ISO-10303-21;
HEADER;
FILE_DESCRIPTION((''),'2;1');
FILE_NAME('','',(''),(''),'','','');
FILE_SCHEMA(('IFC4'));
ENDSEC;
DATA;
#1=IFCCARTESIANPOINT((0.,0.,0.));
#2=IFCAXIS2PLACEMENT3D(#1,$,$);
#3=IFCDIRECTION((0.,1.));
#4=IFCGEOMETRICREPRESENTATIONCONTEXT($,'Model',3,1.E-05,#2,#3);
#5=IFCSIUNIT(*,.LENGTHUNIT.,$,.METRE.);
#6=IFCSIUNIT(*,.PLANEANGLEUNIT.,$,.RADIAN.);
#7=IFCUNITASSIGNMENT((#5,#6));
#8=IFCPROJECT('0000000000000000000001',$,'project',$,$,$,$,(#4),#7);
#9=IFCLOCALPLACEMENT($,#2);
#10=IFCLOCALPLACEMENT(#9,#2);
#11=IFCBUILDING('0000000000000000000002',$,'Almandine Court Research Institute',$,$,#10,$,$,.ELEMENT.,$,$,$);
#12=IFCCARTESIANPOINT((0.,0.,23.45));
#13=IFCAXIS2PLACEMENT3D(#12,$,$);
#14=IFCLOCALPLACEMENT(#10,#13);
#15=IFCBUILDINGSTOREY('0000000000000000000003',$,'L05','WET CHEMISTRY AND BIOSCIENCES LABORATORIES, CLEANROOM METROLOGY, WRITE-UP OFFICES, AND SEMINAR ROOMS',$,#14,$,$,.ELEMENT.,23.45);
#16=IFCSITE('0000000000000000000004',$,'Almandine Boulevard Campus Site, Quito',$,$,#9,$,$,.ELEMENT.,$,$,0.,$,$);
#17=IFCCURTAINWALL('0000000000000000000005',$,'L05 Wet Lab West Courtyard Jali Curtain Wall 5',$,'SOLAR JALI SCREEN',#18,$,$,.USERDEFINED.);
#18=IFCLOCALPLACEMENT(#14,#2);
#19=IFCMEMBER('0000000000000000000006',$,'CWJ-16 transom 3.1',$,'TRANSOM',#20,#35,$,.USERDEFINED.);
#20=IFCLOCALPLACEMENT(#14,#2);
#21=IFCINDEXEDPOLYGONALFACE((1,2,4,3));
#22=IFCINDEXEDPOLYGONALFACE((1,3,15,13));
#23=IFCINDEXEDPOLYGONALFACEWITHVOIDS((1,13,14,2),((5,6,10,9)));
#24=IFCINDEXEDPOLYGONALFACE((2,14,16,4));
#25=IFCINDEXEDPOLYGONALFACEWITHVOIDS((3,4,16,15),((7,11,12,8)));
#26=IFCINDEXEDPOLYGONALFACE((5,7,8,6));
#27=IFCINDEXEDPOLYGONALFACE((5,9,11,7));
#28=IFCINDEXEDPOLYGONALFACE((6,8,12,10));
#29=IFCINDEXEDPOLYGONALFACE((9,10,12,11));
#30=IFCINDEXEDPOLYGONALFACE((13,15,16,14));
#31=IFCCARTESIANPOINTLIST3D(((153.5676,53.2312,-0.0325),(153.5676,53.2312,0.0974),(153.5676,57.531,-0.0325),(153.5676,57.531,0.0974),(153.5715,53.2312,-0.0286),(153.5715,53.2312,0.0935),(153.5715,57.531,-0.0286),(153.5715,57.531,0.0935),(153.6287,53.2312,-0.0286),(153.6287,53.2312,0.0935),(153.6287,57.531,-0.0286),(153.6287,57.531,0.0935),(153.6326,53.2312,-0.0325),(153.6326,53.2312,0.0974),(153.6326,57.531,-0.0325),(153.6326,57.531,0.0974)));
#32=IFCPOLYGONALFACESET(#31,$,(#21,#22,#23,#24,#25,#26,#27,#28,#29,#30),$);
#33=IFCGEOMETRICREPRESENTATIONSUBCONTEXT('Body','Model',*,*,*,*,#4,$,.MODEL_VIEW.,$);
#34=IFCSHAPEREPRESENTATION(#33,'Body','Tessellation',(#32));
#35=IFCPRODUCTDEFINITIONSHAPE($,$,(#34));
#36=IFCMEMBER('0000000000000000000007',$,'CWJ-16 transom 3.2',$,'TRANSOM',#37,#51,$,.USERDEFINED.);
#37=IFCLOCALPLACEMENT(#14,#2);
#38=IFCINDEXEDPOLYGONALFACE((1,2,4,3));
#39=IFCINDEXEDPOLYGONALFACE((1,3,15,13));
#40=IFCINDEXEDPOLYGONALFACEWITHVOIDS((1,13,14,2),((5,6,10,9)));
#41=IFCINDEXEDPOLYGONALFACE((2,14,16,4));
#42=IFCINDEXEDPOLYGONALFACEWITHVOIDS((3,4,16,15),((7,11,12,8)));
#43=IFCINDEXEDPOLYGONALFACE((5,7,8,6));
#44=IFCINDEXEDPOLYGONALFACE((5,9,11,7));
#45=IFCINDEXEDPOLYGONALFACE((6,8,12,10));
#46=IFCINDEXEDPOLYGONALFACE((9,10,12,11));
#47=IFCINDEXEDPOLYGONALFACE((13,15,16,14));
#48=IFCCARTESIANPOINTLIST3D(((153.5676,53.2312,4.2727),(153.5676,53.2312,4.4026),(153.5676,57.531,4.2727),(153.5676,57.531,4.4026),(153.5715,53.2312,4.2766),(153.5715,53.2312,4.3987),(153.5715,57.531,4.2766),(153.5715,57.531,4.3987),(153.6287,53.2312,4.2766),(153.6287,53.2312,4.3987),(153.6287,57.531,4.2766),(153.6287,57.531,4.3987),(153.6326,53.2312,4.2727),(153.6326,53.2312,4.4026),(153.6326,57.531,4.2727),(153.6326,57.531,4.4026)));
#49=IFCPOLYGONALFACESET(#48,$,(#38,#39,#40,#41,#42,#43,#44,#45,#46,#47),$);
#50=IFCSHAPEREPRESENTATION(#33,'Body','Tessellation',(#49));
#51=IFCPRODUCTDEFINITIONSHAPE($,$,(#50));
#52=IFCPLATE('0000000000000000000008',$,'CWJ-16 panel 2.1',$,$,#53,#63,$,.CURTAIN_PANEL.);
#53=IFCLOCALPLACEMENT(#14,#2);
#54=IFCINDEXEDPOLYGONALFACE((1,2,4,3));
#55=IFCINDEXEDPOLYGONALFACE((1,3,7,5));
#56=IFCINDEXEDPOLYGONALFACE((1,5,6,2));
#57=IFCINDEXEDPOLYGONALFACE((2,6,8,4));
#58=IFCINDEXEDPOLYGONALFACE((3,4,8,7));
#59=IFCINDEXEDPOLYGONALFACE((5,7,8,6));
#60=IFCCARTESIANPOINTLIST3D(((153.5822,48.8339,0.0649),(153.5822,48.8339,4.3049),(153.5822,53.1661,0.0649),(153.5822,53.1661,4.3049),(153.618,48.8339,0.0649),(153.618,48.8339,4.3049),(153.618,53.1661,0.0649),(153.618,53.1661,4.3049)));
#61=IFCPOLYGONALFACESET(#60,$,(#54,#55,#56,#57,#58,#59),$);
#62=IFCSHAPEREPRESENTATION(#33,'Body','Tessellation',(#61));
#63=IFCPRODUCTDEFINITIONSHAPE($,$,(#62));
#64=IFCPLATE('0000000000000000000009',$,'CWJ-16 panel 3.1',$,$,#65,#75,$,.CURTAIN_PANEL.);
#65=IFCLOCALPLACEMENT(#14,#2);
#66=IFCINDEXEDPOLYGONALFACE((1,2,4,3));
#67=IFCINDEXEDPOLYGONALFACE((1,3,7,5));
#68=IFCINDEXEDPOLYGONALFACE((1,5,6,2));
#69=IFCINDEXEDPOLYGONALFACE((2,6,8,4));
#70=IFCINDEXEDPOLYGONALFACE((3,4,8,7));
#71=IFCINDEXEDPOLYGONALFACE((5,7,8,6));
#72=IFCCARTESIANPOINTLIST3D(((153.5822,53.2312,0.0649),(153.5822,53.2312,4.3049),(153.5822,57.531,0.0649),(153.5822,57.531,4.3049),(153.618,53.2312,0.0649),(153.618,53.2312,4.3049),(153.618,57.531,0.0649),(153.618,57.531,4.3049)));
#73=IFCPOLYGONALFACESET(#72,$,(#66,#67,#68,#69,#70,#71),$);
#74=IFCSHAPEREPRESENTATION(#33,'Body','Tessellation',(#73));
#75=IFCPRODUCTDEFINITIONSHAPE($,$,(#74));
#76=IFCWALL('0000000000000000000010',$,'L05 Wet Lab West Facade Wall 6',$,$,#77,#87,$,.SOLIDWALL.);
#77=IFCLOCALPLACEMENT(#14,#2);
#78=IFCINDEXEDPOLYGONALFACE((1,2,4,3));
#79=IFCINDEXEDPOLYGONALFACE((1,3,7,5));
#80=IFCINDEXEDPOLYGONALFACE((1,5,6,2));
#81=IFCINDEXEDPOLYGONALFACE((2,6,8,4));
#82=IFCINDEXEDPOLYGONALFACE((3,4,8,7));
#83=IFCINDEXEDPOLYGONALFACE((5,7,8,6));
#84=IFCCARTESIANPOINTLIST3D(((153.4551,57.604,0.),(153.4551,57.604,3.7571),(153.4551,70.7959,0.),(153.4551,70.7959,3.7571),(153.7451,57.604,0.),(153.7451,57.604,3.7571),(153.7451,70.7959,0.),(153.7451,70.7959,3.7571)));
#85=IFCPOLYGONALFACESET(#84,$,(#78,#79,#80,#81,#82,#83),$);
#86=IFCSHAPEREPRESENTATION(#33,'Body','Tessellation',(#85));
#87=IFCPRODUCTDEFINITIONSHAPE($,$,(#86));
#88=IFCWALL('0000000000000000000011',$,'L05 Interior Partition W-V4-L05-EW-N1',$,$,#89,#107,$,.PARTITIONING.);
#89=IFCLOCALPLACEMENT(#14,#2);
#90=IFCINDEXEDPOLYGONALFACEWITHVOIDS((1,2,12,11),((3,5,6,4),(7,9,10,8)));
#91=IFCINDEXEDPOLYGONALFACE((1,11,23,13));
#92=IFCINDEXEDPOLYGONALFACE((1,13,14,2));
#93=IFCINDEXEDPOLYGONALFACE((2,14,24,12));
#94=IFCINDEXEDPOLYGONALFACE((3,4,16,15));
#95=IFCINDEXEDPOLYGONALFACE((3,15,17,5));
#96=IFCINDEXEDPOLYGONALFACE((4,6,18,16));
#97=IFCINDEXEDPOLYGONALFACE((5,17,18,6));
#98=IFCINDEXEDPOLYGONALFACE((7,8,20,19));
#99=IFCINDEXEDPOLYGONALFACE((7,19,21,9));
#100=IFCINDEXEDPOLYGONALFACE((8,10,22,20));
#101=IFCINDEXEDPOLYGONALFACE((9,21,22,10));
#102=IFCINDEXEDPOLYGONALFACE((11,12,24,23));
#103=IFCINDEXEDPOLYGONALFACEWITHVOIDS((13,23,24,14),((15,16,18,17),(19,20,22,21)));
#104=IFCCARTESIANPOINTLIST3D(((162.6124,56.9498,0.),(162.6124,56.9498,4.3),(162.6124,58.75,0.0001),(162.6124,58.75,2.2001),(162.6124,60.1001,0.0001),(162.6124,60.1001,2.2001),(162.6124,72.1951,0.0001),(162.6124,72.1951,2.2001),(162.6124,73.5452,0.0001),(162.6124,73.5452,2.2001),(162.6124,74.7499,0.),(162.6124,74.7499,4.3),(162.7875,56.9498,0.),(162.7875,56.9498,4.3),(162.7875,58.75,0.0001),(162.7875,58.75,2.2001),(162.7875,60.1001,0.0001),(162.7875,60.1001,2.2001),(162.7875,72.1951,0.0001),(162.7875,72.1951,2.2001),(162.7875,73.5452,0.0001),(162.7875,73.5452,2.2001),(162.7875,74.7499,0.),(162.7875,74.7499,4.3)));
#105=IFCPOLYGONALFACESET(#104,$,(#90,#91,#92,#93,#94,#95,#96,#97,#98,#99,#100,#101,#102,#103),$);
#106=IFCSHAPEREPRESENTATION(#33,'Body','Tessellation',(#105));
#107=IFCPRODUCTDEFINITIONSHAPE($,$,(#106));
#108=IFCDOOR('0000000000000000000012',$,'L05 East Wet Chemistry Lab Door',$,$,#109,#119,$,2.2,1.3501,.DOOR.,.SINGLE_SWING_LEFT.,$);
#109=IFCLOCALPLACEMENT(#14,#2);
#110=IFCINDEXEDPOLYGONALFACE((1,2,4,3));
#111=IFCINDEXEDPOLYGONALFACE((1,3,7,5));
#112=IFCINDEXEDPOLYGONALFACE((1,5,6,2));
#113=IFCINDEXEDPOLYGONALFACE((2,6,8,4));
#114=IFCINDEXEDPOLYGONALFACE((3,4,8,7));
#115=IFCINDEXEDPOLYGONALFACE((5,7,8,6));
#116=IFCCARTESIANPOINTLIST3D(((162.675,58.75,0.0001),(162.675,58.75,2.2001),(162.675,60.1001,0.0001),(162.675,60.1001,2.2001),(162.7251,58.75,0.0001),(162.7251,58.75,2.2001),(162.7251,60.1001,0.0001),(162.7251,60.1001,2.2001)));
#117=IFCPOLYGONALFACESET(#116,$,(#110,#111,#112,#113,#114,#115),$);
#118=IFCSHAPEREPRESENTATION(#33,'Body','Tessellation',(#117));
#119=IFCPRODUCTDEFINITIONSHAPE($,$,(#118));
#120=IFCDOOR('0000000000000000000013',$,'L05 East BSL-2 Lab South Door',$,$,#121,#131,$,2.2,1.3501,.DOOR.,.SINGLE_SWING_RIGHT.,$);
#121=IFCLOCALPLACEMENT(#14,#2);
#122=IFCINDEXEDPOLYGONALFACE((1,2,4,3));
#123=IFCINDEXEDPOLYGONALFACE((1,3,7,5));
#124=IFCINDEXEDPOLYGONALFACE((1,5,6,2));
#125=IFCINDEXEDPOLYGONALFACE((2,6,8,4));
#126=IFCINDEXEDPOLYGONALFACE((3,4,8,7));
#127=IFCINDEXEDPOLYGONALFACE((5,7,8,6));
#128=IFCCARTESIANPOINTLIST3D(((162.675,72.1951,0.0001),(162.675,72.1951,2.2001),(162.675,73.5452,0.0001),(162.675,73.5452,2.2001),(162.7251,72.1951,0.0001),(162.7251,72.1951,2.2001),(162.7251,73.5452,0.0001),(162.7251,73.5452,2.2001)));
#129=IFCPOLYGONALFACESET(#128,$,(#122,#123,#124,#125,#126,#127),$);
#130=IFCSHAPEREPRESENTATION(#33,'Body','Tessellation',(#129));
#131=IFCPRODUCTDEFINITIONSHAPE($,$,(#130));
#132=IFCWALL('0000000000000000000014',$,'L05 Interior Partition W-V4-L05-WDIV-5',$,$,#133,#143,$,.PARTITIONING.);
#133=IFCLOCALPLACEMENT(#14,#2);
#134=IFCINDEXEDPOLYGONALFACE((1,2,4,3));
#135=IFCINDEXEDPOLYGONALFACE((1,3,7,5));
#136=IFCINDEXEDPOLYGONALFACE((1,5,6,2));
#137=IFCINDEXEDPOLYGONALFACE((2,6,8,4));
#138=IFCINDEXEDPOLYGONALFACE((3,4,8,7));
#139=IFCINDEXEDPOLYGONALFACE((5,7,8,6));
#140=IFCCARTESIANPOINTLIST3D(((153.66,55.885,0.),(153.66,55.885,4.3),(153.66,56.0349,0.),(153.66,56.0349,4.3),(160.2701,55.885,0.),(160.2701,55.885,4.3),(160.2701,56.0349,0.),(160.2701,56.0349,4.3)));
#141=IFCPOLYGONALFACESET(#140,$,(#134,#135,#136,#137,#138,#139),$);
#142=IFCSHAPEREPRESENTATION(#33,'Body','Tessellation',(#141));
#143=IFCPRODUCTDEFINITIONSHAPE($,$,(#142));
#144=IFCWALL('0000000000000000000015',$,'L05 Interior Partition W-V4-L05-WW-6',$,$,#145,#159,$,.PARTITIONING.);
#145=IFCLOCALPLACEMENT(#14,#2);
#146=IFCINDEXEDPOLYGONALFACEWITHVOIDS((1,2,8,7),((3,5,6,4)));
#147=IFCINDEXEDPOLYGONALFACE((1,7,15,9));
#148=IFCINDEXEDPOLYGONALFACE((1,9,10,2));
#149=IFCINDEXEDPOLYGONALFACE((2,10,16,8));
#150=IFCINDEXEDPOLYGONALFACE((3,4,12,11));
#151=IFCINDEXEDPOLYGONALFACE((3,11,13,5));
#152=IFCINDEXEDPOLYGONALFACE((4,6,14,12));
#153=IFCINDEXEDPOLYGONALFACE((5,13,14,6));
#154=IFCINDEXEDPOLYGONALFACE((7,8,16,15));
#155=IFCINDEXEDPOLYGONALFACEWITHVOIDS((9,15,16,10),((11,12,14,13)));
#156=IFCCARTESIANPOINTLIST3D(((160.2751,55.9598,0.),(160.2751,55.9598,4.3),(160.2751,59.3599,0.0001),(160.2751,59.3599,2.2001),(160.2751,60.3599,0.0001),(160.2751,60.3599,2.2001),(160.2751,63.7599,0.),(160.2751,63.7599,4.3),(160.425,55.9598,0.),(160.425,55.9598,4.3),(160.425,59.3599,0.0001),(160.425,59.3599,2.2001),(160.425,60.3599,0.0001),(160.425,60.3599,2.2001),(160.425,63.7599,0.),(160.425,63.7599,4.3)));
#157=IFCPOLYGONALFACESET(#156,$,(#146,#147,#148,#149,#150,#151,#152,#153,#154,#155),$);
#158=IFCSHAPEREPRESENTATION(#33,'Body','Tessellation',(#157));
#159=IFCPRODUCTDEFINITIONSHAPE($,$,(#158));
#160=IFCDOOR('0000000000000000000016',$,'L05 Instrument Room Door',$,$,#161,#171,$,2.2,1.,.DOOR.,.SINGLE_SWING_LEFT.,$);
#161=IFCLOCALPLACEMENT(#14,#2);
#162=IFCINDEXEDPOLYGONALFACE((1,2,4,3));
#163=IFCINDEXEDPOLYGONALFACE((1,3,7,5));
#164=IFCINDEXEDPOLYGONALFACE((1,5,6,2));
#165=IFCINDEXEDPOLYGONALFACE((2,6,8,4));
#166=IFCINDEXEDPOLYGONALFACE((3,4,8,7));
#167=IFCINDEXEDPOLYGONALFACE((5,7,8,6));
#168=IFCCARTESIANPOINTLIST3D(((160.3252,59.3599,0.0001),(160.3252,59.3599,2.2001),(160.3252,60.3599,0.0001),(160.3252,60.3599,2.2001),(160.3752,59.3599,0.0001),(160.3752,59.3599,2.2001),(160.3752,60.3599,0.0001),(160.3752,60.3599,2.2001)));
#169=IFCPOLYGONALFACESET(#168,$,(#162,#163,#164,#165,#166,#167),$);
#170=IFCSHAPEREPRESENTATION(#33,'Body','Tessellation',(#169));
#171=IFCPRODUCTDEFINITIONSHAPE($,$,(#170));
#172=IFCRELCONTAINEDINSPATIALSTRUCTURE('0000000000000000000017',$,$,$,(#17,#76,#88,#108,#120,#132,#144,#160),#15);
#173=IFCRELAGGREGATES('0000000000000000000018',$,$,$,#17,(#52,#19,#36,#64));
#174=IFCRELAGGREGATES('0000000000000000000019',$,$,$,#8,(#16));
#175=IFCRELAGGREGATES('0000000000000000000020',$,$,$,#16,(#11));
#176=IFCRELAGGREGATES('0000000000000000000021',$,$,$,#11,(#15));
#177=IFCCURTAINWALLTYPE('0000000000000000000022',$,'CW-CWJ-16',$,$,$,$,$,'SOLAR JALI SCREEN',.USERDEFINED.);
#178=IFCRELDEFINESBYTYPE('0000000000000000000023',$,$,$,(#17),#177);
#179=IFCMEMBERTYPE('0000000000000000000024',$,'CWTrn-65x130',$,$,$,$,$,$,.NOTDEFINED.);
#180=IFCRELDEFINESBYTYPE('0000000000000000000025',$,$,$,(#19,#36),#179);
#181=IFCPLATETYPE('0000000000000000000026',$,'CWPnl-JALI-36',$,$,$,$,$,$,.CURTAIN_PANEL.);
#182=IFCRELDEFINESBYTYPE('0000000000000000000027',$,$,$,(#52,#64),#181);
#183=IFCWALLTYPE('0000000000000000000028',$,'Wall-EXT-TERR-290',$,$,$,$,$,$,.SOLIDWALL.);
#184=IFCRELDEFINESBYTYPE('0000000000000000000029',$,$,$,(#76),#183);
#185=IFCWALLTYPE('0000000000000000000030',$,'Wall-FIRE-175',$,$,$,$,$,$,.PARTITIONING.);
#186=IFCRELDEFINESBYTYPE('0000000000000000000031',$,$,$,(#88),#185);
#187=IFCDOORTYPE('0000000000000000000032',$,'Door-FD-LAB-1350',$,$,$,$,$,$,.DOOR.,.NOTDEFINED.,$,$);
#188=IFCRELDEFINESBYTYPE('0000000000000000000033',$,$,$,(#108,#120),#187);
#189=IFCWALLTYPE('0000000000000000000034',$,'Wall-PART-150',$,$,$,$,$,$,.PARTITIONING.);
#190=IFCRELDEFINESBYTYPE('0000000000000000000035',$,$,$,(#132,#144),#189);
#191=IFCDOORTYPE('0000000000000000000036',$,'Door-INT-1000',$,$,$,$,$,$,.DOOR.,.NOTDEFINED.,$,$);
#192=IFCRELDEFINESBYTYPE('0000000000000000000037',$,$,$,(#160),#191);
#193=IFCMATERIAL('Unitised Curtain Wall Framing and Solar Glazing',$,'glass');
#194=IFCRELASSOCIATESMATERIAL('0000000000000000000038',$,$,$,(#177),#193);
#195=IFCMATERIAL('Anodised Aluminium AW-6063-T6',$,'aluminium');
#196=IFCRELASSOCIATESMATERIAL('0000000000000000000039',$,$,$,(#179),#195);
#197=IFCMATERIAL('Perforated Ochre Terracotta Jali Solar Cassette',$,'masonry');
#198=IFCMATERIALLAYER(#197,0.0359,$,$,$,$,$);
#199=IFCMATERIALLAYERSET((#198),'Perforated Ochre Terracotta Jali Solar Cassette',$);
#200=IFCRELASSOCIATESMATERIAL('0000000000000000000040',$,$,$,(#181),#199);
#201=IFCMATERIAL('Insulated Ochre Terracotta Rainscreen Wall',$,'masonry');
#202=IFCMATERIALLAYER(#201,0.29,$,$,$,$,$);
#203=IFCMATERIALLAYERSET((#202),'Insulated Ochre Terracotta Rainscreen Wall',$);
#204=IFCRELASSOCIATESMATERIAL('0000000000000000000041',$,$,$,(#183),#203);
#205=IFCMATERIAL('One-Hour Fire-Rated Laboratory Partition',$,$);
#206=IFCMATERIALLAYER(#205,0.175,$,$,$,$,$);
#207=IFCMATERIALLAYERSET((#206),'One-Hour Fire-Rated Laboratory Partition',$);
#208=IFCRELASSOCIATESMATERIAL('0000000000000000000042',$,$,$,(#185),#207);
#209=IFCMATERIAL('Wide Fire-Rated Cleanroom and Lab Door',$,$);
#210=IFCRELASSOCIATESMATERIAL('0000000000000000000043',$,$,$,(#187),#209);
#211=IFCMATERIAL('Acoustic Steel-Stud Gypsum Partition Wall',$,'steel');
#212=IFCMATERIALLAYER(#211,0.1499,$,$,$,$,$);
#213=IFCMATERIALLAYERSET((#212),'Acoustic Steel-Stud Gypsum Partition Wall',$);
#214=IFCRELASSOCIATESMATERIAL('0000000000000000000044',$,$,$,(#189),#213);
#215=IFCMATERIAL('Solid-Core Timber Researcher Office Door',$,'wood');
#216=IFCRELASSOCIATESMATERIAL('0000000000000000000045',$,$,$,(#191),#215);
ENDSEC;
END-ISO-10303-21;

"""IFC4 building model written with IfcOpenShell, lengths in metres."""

from ifc_helpers import new_model, si_unit, direction, frame, frame_2d, origin, origin_2d, place, context, subcontext, project, spatial, rectangle, hollow_rectangle, extrude, material, layer, layer_set, material_profile, profile_set, type_object, element, fill, aggregate, save


model = new_model("IFC4")

# Units and contexts
model_context = context("Model", 3, precision=1e-05, world=origin(), true_north=direction((0.0, 1.0)))
body_context = subcontext(model_context, "Body", "Model", "MODEL_VIEW")
ifc_project = project(units=[si_unit("LENGTHUNIT", "METRE"), si_unit("PLANEANGLEUNIT", "RADIAN")], contexts=[model_context])

# Site, building, storey
site_placement = place(None, origin())
site = spatial("IfcSite", under=ifc_project, at=site_placement, Name="Almandine Boulevard Campus Site, Quito", CompositionType="ELEMENT", RefElevation=0.0)
building_placement = place(site_placement, origin())
building = spatial("IfcBuilding", under=site, at=building_placement, Name="Almandine Court Research Institute", CompositionType="ELEMENT")
storey_placement = place(building_placement, frame((0.0, 0.0, 23.45)))
storey = spatial("IfcBuildingStorey", under=building, at=storey_placement, Name="L05", Description="WET CHEMISTRY AND BIOSCIENCES LABORATORIES, CLEANROOM METROLOGY, WRITE-UP OFFICES, AND SEMINAR ROOMS", CompositionType="ELEMENT", Elevation=23.45)

# Curtain wall, members, plates
ifc_material_1 = material(Name="Unitised Curtain Wall Framing and Solar Glazing", Category="glass")
curtain_wall_type = type_object("IfcCurtainWallType", Name="CW-CWJ-16", ElementType="SOLAR JALI SCREEN", PredefinedType="USERDEFINED", material=ifc_material_1)
curtain_wall_placement = place(storey_placement, origin())
curtain_wall = element("IfcCurtainWall", 1, at=curtain_wall_placement, inside=storey, type_object=curtain_wall_type, Name="L05 Wet Lab West Courtyard Jali Curtain Wall 5", ObjectType="SOLAR JALI SCREEN", PredefinedType="USERDEFINED")
ifc_material_2 = material(Name="Anodised Aluminium AW-6063-T6", Category="aluminium")
ifc_material_profile_1 = material_profile(ifc_material_2, hollow_rectangle(XDim=0.0649, YDim=0.1299, WallThickness=0.0039, at=origin_2d()), Name="ALU RHS 65x130x4")
ifc_profile_set_1 = profile_set([ifc_material_profile_1], Name="Anodised Aluminium AW-6063-T6")
member_type_1 = type_object("IfcMemberType", Name="CWTrn-65x130", PredefinedType="NOTDEFINED", material=ifc_profile_set_1)
member_1_placement = place(storey_placement, frame((153.6001, 53.2312, 0.0325), z_axis=(0.0, 1.0, 0.0), x_axis=(-1.0, 0.0, 0.0)))
member_1 = element("IfcMember", 2, at=member_1_placement, type_object=member_type_1, Name="CWJ-16 transom 3.1", ObjectType="TRANSOM", PredefinedType="USERDEFINED", context=body_context, shape_type="SweptSolid", body=[
    extrude(hollow_rectangle(XDim=0.0649, YDim=0.1299, WallThickness=0.0039, at=origin_2d()), origin(), (0.0, 0.0, 1.0), 4.2998),
])
member_2_placement = place(storey_placement, frame((153.6001, 53.2312, 4.3376), z_axis=(0.0, 1.0, 0.0), x_axis=(-1.0, 0.0, 0.0)))
member_2 = element("IfcMember", 3, at=member_2_placement, type_object=member_type_1, Name="CWJ-16 transom 3.2", ObjectType="TRANSOM", PredefinedType="USERDEFINED", context=body_context, shape_type="SweptSolid", body=[
    extrude(hollow_rectangle(XDim=0.0649, YDim=0.1299, WallThickness=0.0039, at=origin_2d()), origin(), (0.0, 0.0, 1.0), 4.2998),
])
ifc_material_3 = material(Name="Perforated Ochre Terracotta Jali Solar Cassette", Category="masonry")
ifc_layer_1 = layer(ifc_material_3, 0.0359)
ifc_layer_set_1 = layer_set([ifc_layer_1], Name="Perforated Ochre Terracotta Jali Solar Cassette")
plate_type = type_object("IfcPlateType", Name="CWPnl-JALI-36", PredefinedType="CURTAIN_PANEL", material=ifc_layer_set_1)
plate_1_placement = place(storey_placement, frame((153.6001, 51.0, 0.0649), z_axis=(0.0, 0.0, 1.0), x_axis=(0.0, 1.0, 0.0)))
plate_1 = element("IfcPlate", 4, at=plate_1_placement, type_object=plate_type, Name="CWJ-16 panel 2.1", PredefinedType="CURTAIN_PANEL", context=body_context, shape_type="SweptSolid", body=[
    extrude(rectangle(XDim=4.3323, YDim=0.0359, at=origin_2d()), origin(), (0.0, 0.0, 1.0), 4.24),
])
plate_2_placement = place(storey_placement, frame((153.6001, 55.3811, 0.0649), z_axis=(0.0, 0.0, 1.0), x_axis=(0.0, 1.0, 0.0)))
plate_2 = element("IfcPlate", 5, at=plate_2_placement, type_object=plate_type, Name="CWJ-16 panel 3.1", PredefinedType="CURTAIN_PANEL", context=body_context, shape_type="SweptSolid", body=[
    extrude(rectangle(XDim=4.2998, YDim=0.0359, at=origin_2d()), origin(), (0.0, 0.0, 1.0), 4.24),
])
aggregate(curtain_wall, [plate_1, member_1, member_2, plate_2])

# Wall
ifc_material_4 = material(Name="Insulated Ochre Terracotta Rainscreen Wall", Category="masonry")
ifc_layer_2 = layer(ifc_material_4, 0.29)
ifc_layer_set_2 = layer_set([ifc_layer_2], Name="Insulated Ochre Terracotta Rainscreen Wall")
wall_type_1 = type_object("IfcWallType", Name="Wall-EXT-TERR-290", PredefinedType="SOLIDWALL", material=ifc_layer_set_2)
wall_1_placement = place(storey_placement, frame((153.6001, 57.604, 0.0), z_axis=(0.0, 0.0, 1.0), x_axis=(0.0, 1.0, 0.0)))
element("IfcWall", 6, at=wall_1_placement, inside=storey, type_object=wall_type_1, Name="L05 Wet Lab West Facade Wall 6", PredefinedType="SOLIDWALL", context=body_context, shape_type="SweptSolid", body=[
    extrude(rectangle(XDim=13.1919, YDim=0.29, at=frame_2d((6.5959, 0.0))), origin(), (0.0, 0.0, 1.0), 3.7571),
])

# Wall, openings, doors
ifc_material_5 = material(Name="One-Hour Fire-Rated Laboratory Partition")
ifc_layer_3 = layer(ifc_material_5, 0.175)
ifc_layer_set_3 = layer_set([ifc_layer_3], Name="One-Hour Fire-Rated Laboratory Partition")
wall_type_2 = type_object("IfcWallType", Name="Wall-FIRE-175", PredefinedType="PARTITIONING", material=ifc_layer_set_3)
wall_2_placement = place(storey_placement, frame((162.7, 56.95, 0.0), z_axis=(0.0, 0.0, 1.0), x_axis=(0.0, 1.0, 0.0)))
wall_2 = element("IfcWall", 7, at=wall_2_placement, inside=storey, type_object=wall_type_2, Name="L05 Interior Partition W-V4-L05-EW-N1", PredefinedType="PARTITIONING", context=body_context, shape_type="SweptSolid", body=[
    extrude(rectangle(XDim=17.8, YDim=0.175, at=frame_2d((8.8999, 0.0))), origin(), (0.0, 0.0, 1.0), 4.3),
])
opening_1_placement = place(wall_2_placement, frame((1.8, 0.0, 0.0)))
opening_1 = element("IfcOpeningElement", 8, at=opening_1_placement, cuts=wall_2, PredefinedType="OPENING", context=body_context, shape_type="SweptSolid", body=[
    extrude(rectangle(XDim=1.3501, YDim=2.2, at=frame_2d((0.675, 1.1001))), frame((0.0, 0.0974, 0.0), z_axis=(0.0, -1.0, 0.0), x_axis=(1.0, 0.0, 0.0)), (0.0, 0.0, 1.0), 0.1951),
])
opening_2_placement = place(wall_2_placement, frame((15.2451, 0.0, 0.0)))
opening_2 = element("IfcOpeningElement", 9, at=opening_2_placement, cuts=wall_2, PredefinedType="OPENING", context=body_context, shape_type="SweptSolid", body=[
    extrude(rectangle(XDim=1.3501, YDim=2.2, at=frame_2d((0.675, 1.1001))), frame((0.0, 0.0974, 0.0), z_axis=(0.0, -1.0, 0.0), x_axis=(1.0, 0.0, 0.0)), (0.0, 0.0, 1.0), 0.1951),
])
ifc_material_6 = material(Name="Wide Fire-Rated Cleanroom and Lab Door")
door_type_1 = type_object("IfcDoorType", Name="Door-FD-LAB-1350", OperationType="NOTDEFINED", PredefinedType="DOOR", material=ifc_material_6)
door_1_placement = place(opening_1_placement, origin())
door_1 = element("IfcDoor", 10, at=door_1_placement, inside=storey, type_object=door_type_1, Name="L05 East Wet Chemistry Lab Door", OperationType="SINGLE_SWING_LEFT", OverallHeight=2.2, OverallWidth=1.3501, PredefinedType="DOOR", context=body_context, shape_type="SweptSolid", body=[
    extrude(rectangle(XDim=1.3501, YDim=2.2, at=frame_2d((0.675, 1.1001))), frame((0.0, 0.0249, 0.0), z_axis=(0.0, -1.0, 0.0), x_axis=(1.0, 0.0, 0.0)), (0.0, 0.0, 1.0), 0.05),
])
fill(opening_1, door_1)
door_2_placement = place(opening_2_placement, origin())
door_2 = element("IfcDoor", 11, at=door_2_placement, inside=storey, type_object=door_type_1, Name="L05 East BSL-2 Lab South Door", OperationType="SINGLE_SWING_RIGHT", OverallHeight=2.2, OverallWidth=1.3501, PredefinedType="DOOR", context=body_context, shape_type="SweptSolid", body=[
    extrude(rectangle(XDim=1.3501, YDim=2.2, at=frame_2d((0.675, 1.1001))), frame((0.0, 0.0249, 0.0), z_axis=(0.0, -1.0, 0.0), x_axis=(1.0, 0.0, 0.0)), (0.0, 0.0, 1.0), 0.05),
])
fill(opening_2, door_2)

# Wall
ifc_material_7 = material(Name="Acoustic Steel-Stud Gypsum Partition Wall", Category="steel")
ifc_layer_4 = layer(ifc_material_7, 0.1499)
ifc_layer_set_4 = layer_set([ifc_layer_4], Name="Acoustic Steel-Stud Gypsum Partition Wall")
wall_type_3 = type_object("IfcWallType", Name="Wall-PART-150", PredefinedType="PARTITIONING", material=ifc_layer_set_4)
wall_3_placement = place(storey_placement, frame((153.6599, 55.96, 0.0), z_axis=(0.0, 0.0, 1.0), x_axis=(1.0, 0.0, 0.0)))
element("IfcWall", 12, at=wall_3_placement, inside=storey, type_object=wall_type_3, Name="L05 Interior Partition W-V4-L05-WDIV-5", PredefinedType="PARTITIONING", context=body_context, shape_type="SweptSolid", body=[
    extrude(rectangle(XDim=6.6101, YDim=0.1499, at=frame_2d((3.3052, 0.0))), origin(), (0.0, 0.0, 1.0), 4.3),
])

# Wall, opening, door
wall_4_placement = place(storey_placement, frame((160.3501, 55.96, 0.0), z_axis=(0.0, 0.0, 1.0), x_axis=(0.0, 1.0, 0.0)))
wall_4 = element("IfcWall", 13, at=wall_4_placement, inside=storey, type_object=wall_type_3, Name="L05 Interior Partition W-V4-L05-WW-6", PredefinedType="PARTITIONING", context=body_context, shape_type="SweptSolid", body=[
    extrude(rectangle(XDim=7.8, YDim=0.1499, at=frame_2d((3.8999, 0.0))), origin(), (0.0, 0.0, 1.0), 4.3),
])
opening_3_placement = place(wall_4_placement, frame((3.3999, 0.0, 0.0)))
opening_3 = element("IfcOpeningElement", 14, at=opening_3_placement, cuts=wall_4, PredefinedType="OPENING", context=body_context, shape_type="SweptSolid", body=[
    extrude(rectangle(XDim=1.0, YDim=2.2, at=frame_2d((0.5, 1.1001))), frame((0.0, 0.085, 0.0), z_axis=(0.0, -1.0, 0.0), x_axis=(1.0, 0.0, 0.0)), (0.0, 0.0, 1.0), 0.1699),
])
ifc_material_8 = material(Name="Solid-Core Timber Researcher Office Door", Category="wood")
door_type_2 = type_object("IfcDoorType", Name="Door-INT-1000", OperationType="NOTDEFINED", PredefinedType="DOOR", material=ifc_material_8)
door_3_placement = place(opening_3_placement, origin())
door_3 = element("IfcDoor", 15, at=door_3_placement, inside=storey, type_object=door_type_2, Name="L05 Instrument Room Door", OperationType="SINGLE_SWING_LEFT", OverallHeight=2.2, OverallWidth=1.0, PredefinedType="DOOR", context=body_context, shape_type="SweptSolid", body=[
    extrude(rectangle(XDim=1.0, YDim=2.2, at=frame_2d((0.5, 1.1001))), frame((0.0, 0.0249, 0.0), z_axis=(0.0, -1.0, 0.0), x_axis=(1.0, 0.0, 0.0)), (0.0, 0.0, 1.0), 0.05),
])
fill(opening_3, door_3)

save(model, "model.ifc")
